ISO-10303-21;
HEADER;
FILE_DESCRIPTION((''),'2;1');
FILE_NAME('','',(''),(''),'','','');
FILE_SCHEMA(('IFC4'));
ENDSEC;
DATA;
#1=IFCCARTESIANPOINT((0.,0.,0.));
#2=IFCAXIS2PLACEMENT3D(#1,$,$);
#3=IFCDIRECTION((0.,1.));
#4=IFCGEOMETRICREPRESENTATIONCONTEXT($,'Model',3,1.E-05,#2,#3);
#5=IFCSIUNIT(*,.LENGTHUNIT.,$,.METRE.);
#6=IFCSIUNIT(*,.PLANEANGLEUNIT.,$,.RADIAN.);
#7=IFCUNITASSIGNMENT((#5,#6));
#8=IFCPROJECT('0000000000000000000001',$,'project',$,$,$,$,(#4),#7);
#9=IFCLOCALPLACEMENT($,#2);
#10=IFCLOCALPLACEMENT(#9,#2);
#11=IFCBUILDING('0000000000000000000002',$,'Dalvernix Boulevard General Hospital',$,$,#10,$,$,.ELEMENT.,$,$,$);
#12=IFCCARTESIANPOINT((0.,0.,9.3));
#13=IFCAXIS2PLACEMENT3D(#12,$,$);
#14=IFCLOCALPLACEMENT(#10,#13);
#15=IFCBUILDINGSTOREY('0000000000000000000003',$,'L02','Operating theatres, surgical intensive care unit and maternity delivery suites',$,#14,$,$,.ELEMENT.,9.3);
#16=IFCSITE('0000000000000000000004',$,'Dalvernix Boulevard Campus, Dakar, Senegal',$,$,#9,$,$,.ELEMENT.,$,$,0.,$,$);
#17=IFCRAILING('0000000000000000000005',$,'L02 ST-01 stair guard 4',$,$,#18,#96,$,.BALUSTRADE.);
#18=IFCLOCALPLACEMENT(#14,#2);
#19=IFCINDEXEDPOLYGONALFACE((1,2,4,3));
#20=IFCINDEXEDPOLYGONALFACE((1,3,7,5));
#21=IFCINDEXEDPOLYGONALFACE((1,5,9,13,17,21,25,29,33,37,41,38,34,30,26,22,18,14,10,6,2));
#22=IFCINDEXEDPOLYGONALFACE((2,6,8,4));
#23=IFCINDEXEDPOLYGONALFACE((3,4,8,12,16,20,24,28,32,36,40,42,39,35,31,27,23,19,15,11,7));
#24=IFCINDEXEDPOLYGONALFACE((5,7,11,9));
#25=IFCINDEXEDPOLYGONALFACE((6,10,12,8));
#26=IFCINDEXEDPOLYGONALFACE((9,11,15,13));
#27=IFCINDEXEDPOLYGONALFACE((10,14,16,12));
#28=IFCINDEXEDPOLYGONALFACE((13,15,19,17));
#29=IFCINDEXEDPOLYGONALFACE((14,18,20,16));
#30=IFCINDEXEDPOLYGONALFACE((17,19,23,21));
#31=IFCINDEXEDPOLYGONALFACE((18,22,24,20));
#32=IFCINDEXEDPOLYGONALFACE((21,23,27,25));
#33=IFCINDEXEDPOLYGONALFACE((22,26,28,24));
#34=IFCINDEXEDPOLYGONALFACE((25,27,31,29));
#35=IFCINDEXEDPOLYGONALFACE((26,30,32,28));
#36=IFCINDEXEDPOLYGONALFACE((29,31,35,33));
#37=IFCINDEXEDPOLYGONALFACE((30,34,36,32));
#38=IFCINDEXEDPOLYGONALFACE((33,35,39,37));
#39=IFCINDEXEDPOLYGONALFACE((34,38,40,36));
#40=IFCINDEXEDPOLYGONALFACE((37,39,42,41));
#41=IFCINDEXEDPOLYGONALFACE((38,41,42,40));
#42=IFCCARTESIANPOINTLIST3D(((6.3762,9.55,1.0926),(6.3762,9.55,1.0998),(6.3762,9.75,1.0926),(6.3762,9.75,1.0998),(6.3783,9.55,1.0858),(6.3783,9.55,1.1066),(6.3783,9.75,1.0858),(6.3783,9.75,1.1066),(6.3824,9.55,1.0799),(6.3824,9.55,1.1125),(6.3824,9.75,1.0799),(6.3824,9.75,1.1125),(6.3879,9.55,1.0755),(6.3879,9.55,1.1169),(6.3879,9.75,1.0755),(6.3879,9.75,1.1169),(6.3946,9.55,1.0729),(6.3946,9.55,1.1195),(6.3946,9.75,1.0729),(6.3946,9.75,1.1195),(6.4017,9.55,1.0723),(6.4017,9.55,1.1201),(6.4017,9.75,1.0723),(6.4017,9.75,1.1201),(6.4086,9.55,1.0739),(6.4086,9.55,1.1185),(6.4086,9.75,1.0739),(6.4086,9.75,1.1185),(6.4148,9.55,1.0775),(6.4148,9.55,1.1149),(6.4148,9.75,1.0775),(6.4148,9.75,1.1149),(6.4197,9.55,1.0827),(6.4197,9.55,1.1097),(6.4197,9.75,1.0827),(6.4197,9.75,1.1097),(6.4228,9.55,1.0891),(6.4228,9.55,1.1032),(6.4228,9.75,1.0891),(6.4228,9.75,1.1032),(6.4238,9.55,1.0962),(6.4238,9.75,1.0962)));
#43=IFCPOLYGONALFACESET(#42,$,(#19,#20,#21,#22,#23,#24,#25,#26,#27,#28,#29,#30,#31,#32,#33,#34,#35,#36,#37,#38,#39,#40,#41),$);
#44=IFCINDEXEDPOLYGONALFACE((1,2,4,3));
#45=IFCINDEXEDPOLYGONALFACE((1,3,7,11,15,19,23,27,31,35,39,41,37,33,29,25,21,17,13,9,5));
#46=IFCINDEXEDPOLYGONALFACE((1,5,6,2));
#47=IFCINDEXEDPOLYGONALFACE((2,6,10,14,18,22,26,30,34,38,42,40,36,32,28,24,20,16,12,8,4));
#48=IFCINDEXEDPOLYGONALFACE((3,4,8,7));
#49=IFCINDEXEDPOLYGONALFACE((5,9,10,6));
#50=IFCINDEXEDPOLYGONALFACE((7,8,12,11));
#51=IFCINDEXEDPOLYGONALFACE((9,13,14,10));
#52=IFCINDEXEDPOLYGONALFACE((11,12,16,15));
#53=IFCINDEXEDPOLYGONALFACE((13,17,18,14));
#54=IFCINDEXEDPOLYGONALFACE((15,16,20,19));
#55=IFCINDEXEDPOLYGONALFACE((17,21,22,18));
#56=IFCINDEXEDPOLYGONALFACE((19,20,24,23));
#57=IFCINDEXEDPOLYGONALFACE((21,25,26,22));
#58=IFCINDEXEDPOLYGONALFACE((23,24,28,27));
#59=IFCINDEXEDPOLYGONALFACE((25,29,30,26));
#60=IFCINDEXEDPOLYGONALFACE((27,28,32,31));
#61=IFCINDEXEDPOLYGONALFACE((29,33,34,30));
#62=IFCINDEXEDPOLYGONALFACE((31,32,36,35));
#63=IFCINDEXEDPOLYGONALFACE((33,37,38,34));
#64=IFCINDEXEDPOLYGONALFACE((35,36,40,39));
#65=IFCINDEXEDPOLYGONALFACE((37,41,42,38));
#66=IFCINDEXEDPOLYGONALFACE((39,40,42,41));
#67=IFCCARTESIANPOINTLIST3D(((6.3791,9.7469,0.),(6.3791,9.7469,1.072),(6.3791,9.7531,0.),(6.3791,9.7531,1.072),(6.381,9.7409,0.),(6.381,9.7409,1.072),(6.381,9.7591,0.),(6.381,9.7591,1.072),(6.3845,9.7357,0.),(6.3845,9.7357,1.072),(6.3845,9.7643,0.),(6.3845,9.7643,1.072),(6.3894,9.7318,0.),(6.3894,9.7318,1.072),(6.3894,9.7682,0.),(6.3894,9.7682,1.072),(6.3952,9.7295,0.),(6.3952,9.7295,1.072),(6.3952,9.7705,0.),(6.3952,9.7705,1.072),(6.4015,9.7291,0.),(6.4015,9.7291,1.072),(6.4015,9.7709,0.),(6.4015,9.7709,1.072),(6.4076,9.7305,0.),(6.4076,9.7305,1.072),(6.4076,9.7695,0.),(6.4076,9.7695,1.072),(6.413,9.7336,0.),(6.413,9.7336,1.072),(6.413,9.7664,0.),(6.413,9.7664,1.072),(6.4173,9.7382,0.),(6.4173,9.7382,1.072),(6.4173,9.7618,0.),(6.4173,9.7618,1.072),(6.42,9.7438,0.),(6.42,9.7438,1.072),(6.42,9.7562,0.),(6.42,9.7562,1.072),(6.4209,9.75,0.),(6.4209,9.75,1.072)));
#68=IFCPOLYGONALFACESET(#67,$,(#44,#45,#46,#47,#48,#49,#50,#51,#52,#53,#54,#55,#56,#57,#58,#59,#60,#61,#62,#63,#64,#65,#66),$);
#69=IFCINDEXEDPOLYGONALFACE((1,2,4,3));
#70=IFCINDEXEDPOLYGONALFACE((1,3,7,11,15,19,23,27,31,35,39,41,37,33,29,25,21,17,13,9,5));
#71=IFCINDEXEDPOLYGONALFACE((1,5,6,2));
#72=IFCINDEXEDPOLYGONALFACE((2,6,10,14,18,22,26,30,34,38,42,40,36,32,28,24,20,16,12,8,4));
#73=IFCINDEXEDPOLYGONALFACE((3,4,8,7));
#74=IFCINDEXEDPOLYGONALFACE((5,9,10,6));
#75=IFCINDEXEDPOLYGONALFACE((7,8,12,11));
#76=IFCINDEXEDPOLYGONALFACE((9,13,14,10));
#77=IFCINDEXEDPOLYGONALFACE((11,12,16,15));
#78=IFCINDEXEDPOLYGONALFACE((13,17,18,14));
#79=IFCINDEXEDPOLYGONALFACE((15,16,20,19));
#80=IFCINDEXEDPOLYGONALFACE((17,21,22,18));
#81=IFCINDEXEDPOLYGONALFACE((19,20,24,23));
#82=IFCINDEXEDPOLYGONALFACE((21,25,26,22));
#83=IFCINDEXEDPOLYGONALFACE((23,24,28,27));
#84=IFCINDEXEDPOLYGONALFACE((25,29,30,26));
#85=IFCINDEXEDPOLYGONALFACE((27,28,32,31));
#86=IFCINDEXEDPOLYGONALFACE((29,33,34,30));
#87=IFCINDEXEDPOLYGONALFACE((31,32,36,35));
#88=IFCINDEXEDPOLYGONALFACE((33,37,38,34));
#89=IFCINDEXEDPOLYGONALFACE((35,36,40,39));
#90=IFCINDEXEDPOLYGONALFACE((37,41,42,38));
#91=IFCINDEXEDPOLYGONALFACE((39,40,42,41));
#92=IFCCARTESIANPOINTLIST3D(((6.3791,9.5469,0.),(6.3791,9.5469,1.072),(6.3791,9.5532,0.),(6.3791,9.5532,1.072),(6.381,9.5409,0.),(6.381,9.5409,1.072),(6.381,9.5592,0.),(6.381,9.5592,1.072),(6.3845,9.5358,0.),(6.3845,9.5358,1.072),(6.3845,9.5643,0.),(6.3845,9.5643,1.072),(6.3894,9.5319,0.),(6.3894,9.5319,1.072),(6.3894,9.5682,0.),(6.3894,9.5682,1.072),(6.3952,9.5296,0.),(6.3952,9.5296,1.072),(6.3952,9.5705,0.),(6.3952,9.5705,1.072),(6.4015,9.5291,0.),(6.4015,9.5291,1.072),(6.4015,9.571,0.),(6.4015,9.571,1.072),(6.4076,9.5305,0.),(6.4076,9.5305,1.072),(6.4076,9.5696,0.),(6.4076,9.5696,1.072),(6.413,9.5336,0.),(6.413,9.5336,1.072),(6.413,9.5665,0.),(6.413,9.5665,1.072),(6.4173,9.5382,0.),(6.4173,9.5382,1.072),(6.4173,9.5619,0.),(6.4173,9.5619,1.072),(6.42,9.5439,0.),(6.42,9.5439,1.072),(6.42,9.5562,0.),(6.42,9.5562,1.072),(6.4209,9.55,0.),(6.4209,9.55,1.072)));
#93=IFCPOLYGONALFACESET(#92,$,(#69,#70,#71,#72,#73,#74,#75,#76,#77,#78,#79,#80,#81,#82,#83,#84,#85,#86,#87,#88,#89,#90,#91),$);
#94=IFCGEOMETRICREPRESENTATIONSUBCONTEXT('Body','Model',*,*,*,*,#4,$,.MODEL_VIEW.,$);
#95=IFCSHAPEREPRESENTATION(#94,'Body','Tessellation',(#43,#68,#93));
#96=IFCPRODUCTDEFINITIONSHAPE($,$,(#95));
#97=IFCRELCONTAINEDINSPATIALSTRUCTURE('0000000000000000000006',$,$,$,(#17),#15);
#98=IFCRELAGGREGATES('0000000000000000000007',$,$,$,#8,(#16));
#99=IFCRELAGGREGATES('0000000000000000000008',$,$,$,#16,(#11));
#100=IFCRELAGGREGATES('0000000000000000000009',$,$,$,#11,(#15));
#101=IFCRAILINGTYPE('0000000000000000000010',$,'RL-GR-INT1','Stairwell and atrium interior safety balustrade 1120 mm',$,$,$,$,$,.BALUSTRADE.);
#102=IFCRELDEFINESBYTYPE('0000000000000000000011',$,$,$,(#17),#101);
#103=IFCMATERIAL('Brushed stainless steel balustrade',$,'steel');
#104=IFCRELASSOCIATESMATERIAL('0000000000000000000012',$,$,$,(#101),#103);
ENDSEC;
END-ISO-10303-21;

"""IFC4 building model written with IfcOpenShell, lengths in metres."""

from ifc_helpers import new_model, si_unit, direction, frame, origin, origin_2d, place, context, subcontext, project, spatial, circle, extrude, material, type_object, element, save


model = new_model("IFC4")

# Units and contexts
model_context = context("Model", 3, precision=1e-05, world=origin(), true_north=direction((0.0, 1.0)))
body_context = subcontext(model_context, "Body", "Model", "MODEL_VIEW")
ifc_project = project(units=[si_unit("LENGTHUNIT", "METRE"), si_unit("PLANEANGLEUNIT", "RADIAN")], contexts=[model_context])

# Site, building, storey
site_placement = place(None, origin())
site = spatial("IfcSite", under=ifc_project, at=site_placement, Name="Dalvernix Boulevard Campus, Dakar, Senegal", CompositionType="ELEMENT", RefElevation=0.0)
building_placement = place(site_placement, origin())
building = spatial("IfcBuilding", under=site, at=building_placement, Name="Dalvernix Boulevard General Hospital", CompositionType="ELEMENT")
storey_placement = place(building_placement, frame((0.0, 0.0, 9.3)))
storey = spatial("IfcBuildingStorey", under=building, at=storey_placement, Name="L02", Description="Operating theatres, surgical intensive care unit and maternity delivery suites", CompositionType="ELEMENT", Elevation=9.3)

# Railing
ifc_material_1 = material(Name="Brushed stainless steel balustrade", Category="steel")
railing_type_1 = type_object("IfcRailingType", Name="RL-GR-INT1", Description="Stairwell and atrium interior safety balustrade 1120 mm", PredefinedType="BALUSTRADE", material=ifc_material_1)
railing_1_placement = place(storey_placement, frame((6.3999, 9.75, 0.0)))
element("IfcRailing", 1, at=railing_1_placement, inside=storey, type_object=railing_type_1, Name="L02 ST-01 stair guard 4", PredefinedType="BALUSTRADE", context=body_context, shape_type="SweptSolid", body=[
    extrude(circle(Radius=0.0239, at=origin_2d()), frame((0.0, 0.0, 1.0962), z_axis=(0.0, -1.0, 0.0), x_axis=(1.0, 0.0, 0.0)), (0.0, 0.0, 1.0), 0.2),
    extrude(circle(Radius=0.021, at=origin_2d()), origin(), (0.0, 0.0, 1.0), 1.072),
    extrude(circle(Radius=0.021, at=origin_2d()), frame((0.0, -0.2, 0.0)), (0.0, 0.0, 1.0), 1.072),
])

save(model, "model.ifc")
